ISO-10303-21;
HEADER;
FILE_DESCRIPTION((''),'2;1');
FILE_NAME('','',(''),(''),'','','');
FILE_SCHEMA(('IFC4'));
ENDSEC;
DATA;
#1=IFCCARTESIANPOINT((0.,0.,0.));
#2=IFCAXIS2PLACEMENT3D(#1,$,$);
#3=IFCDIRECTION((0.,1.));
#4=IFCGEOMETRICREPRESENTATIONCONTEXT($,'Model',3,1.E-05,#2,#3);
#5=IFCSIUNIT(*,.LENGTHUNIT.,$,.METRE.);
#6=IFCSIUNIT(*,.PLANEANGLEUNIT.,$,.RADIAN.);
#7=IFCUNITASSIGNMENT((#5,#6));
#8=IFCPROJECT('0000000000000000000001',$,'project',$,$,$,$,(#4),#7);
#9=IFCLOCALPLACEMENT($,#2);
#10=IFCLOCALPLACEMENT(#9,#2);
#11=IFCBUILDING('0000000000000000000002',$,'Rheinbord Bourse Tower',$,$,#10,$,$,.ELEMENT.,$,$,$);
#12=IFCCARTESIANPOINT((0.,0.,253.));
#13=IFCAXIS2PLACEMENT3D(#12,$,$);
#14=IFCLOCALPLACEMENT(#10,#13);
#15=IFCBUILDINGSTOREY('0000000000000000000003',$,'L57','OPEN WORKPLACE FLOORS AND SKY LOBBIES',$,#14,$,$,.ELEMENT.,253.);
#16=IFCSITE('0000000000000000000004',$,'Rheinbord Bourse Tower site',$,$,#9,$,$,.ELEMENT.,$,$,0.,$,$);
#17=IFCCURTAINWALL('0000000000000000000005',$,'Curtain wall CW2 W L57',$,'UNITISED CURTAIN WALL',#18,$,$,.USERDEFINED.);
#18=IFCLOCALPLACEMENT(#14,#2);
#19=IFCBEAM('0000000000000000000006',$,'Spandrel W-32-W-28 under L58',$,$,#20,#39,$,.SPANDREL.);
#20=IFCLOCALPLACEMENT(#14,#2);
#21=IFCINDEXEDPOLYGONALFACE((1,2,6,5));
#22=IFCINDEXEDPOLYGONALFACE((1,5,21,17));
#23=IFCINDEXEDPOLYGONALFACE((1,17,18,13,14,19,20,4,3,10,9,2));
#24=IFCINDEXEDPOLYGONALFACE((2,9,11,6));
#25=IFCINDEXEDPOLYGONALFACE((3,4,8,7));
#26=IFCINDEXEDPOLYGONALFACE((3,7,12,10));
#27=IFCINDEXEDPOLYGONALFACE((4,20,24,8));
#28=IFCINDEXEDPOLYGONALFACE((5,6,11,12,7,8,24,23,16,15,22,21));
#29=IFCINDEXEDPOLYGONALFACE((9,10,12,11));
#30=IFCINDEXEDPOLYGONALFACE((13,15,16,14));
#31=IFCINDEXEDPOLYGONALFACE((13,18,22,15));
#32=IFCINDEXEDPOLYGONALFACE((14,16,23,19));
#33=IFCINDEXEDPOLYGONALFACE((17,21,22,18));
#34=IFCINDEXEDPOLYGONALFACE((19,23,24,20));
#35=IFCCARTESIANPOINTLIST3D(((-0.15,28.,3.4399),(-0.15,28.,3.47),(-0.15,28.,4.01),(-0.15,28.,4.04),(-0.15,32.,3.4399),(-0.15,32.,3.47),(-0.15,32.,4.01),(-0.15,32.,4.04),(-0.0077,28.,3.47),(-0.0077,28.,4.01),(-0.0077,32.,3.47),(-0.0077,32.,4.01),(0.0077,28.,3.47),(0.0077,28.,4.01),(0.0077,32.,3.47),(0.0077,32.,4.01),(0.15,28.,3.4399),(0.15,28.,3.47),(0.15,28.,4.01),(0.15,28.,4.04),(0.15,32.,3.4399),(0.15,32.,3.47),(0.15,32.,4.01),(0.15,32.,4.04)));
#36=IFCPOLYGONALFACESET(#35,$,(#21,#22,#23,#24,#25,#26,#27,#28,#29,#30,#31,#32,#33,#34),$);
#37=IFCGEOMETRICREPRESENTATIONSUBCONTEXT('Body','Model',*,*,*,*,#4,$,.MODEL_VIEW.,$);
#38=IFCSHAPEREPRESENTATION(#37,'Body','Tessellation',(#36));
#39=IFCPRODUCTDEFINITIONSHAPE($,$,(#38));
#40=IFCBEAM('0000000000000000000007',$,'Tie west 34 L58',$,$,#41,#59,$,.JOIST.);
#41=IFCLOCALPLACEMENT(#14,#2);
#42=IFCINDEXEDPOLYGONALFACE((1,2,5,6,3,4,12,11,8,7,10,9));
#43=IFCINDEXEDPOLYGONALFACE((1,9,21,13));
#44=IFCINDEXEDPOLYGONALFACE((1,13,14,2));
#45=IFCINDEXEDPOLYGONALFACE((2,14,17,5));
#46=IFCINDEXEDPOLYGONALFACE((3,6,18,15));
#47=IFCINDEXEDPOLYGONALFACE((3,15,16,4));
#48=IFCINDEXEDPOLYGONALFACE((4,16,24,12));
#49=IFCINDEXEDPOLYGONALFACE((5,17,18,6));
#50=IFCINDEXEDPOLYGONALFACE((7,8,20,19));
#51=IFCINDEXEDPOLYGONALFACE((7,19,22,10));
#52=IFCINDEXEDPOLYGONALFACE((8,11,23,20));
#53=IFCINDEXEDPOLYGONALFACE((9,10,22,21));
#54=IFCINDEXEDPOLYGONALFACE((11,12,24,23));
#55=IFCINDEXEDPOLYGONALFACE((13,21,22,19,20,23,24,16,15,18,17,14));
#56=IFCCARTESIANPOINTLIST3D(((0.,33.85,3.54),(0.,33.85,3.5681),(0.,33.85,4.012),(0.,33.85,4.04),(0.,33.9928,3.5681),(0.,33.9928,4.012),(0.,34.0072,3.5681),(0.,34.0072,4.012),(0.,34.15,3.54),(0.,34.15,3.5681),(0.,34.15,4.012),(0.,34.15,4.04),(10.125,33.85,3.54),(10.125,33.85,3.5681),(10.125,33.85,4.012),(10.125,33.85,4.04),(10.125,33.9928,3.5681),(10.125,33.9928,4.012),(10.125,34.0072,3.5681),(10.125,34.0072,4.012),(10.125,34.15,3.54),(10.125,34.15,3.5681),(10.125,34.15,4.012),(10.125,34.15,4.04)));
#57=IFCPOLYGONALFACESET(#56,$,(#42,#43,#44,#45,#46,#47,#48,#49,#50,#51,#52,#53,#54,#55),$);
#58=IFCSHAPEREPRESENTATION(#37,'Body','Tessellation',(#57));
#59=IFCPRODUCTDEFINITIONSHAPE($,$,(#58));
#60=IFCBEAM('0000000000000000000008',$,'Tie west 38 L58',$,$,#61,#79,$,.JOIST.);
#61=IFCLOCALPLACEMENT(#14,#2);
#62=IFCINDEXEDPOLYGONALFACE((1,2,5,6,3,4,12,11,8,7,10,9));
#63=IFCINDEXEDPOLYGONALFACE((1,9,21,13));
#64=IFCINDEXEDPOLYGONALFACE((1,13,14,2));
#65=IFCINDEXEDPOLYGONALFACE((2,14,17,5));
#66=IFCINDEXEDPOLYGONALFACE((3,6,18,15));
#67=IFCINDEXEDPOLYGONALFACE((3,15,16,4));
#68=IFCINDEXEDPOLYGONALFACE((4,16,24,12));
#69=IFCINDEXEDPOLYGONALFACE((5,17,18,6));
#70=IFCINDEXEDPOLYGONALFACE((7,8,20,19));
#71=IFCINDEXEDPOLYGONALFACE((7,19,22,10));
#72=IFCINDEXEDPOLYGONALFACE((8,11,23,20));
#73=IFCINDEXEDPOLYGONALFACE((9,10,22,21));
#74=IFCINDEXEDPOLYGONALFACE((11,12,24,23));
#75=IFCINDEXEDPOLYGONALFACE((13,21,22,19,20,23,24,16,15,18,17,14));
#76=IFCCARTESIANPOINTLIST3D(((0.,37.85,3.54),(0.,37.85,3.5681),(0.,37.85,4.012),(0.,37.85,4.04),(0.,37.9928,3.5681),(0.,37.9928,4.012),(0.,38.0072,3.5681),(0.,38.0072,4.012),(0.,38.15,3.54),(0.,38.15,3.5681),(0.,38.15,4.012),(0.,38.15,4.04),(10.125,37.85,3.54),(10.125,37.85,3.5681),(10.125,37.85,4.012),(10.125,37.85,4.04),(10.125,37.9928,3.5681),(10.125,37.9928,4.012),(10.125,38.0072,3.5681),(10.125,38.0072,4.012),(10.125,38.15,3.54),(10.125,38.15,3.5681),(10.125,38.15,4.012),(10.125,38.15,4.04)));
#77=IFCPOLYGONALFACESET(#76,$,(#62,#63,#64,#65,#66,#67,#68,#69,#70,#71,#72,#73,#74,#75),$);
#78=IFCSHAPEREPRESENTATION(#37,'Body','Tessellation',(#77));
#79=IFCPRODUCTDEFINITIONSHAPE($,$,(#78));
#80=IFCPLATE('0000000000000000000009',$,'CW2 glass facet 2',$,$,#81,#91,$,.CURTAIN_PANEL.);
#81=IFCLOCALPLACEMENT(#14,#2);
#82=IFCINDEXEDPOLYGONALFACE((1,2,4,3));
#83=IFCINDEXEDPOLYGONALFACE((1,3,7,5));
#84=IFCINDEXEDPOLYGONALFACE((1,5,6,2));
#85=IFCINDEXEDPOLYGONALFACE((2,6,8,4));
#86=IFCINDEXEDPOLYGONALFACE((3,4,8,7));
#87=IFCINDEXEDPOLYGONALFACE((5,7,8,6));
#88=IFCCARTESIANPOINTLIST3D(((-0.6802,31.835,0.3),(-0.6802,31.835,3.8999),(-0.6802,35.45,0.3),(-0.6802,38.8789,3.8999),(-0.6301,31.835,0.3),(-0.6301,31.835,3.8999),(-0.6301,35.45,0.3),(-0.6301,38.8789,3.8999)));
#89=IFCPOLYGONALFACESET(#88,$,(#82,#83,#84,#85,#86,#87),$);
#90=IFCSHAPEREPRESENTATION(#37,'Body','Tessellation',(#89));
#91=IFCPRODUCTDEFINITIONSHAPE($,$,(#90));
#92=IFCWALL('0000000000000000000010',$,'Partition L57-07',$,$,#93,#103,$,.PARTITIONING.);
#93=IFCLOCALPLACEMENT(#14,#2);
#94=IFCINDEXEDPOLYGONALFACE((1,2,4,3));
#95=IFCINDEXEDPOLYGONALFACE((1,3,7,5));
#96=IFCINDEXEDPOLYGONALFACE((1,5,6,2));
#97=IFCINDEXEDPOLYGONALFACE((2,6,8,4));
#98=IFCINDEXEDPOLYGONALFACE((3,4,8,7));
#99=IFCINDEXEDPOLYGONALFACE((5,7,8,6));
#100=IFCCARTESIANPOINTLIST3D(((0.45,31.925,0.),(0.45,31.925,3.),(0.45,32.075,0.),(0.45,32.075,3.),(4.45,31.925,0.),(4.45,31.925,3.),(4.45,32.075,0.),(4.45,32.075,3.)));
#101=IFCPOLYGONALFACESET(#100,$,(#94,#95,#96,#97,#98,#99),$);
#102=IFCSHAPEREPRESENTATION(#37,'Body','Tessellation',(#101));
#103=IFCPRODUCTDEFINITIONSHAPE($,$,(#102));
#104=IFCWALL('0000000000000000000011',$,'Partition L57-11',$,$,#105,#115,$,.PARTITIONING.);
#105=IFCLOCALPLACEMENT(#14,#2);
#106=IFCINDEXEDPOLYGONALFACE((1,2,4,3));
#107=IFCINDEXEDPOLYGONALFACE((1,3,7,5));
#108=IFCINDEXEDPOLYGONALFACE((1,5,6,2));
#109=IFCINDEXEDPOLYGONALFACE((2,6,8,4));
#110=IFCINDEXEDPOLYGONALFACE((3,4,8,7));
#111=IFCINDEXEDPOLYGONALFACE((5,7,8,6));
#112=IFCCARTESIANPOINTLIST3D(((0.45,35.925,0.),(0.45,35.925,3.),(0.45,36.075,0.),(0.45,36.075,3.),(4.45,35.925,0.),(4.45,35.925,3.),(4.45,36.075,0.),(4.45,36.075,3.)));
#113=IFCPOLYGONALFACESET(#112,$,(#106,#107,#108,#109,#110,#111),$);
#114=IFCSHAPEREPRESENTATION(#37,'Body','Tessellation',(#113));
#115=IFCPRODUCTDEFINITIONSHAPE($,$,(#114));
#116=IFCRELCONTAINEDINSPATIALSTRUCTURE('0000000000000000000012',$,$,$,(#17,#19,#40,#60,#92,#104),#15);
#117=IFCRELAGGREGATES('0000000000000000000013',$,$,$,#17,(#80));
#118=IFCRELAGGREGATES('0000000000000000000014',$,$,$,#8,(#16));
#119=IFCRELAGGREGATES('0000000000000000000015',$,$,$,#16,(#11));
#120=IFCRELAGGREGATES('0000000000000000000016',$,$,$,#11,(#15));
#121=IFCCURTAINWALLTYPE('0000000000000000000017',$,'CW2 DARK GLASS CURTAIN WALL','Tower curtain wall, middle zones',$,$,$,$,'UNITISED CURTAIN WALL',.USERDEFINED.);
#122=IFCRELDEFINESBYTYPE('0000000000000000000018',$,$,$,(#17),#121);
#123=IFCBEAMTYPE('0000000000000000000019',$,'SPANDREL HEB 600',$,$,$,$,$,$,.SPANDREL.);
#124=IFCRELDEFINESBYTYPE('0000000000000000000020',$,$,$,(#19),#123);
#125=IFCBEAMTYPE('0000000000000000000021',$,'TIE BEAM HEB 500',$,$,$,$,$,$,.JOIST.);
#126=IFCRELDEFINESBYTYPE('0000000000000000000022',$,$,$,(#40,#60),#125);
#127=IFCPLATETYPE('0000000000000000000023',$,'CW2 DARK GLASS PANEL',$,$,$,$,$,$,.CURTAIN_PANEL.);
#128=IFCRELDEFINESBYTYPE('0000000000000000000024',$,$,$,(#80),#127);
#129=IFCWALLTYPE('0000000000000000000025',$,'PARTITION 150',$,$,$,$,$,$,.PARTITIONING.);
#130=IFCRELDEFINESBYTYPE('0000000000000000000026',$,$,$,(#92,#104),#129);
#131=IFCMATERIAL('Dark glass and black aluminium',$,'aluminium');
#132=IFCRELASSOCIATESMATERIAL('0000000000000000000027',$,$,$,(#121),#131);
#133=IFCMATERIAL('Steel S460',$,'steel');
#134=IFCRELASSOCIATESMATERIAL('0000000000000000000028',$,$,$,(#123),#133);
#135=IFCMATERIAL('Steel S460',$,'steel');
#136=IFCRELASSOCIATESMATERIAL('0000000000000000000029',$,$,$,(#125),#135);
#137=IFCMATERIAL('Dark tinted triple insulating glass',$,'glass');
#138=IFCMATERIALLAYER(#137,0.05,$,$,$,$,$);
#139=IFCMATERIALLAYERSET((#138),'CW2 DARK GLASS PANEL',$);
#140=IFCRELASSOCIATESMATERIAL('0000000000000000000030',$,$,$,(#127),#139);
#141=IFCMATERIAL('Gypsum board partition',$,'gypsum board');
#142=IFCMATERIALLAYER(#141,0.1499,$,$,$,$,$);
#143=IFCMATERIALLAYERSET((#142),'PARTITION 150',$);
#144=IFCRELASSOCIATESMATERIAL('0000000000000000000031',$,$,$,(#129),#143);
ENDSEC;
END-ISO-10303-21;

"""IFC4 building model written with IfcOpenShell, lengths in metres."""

from ifc_helpers import new_model, si_unit, direction, frame, frame_2d, origin, origin_2d, place, context, subcontext, project, spatial, polyline, rectangle, i_section, outline, extrude, material, layer, layer_set, material_profile, profile_set, type_object, element, aggregate, save


model = new_model("IFC4")

# Units and contexts
model_context = context("Model", 3, precision=1e-05, world=origin(), true_north=direction((0.0, 1.0)))
body_context = subcontext(model_context, "Body", "Model", "MODEL_VIEW")
ifc_project = project(units=[si_unit("LENGTHUNIT", "METRE"), si_unit("PLANEANGLEUNIT", "RADIAN")], contexts=[model_context])

# Site, building, storey
site_placement = place(None, origin())
site = spatial("IfcSite", under=ifc_project, at=site_placement, Name="Rheinbord Bourse Tower site", CompositionType="ELEMENT", RefElevation=0.0)
building_placement = place(site_placement, origin())
building = spatial("IfcBuilding", under=site, at=building_placement, Name="Rheinbord Bourse Tower", CompositionType="ELEMENT")
storey_placement = place(building_placement, frame((0.0, 0.0, 253.0)))
storey = spatial("IfcBuildingStorey", under=building, at=storey_placement, Name="L57", Description="OPEN WORKPLACE FLOORS AND SKY LOBBIES", CompositionType="ELEMENT", Elevation=253.0)

# Curtain wall
ifc_material_1 = material(Name="Dark glass and black aluminium", Category="aluminium")
curtain_wall_type = type_object("IfcCurtainWallType", Name="CW2 DARK GLASS CURTAIN WALL", Description="Tower curtain wall, middle zones", ElementType="UNITISED CURTAIN WALL", PredefinedType="USERDEFINED", material=ifc_material_1)
curtain_wall_placement = place(storey_placement, origin())
curtain_wall = element("IfcCurtainWall", 1, at=curtain_wall_placement, inside=storey, type_object=curtain_wall_type, Name="Curtain wall CW2 W L57", ObjectType="UNITISED CURTAIN WALL", PredefinedType="USERDEFINED")

# Beams
ifc_material_2 = material(Name="Steel S460", Category="steel")
ifc_material_profile_1 = material_profile(ifc_material_2, i_section(OverallWidth=0.3, OverallDepth=0.6001, WebThickness=0.0154, FlangeThickness=0.03, at=origin_2d()), Name="HEB 600")
ifc_profile_set_1 = profile_set([ifc_material_profile_1], Name="Steel S460")
beam_type_1 = type_object("IfcBeamType", Name="SPANDREL HEB 600", PredefinedType="SPANDREL", material=ifc_profile_set_1)
for number, where, z_axis, x_axis, name in (
    (2, (0.0, 32.0, 3.74), (0.0, -1.0, 0.0), (1.0, 0.0, 0.0), "Spandrel W-32-W-28 under L58"),
):
    element("IfcBeam", number, at=place(storey_placement, frame(where, z_axis=z_axis, x_axis=x_axis)), inside=storey, type_object=beam_type_1, Name=name, PredefinedType="SPANDREL", context=body_context, shape_type="SweptSolid", body=[
        extrude(i_section(OverallWidth=0.3, OverallDepth=0.6001, WebThickness=0.0154, FlangeThickness=0.03, at=origin_2d()), origin(), (0.0, 0.0, 1.0), 4.0),
    ])
ifc_material_3 = material(Name="Steel S460", Category="steel")
ifc_material_profile_2 = material_profile(ifc_material_3, i_section(OverallWidth=0.3, OverallDepth=0.5, WebThickness=0.0144, FlangeThickness=0.0281, at=origin_2d()), Name="HEB 500")
ifc_profile_set_2 = profile_set([ifc_material_profile_2], Name="Steel S460")
beam_type_2 = type_object("IfcBeamType", Name="TIE BEAM HEB 500", PredefinedType="JOIST", material=ifc_profile_set_2)
for number, where, z_axis, x_axis, name in (
    (3, (0.0, 34.0, 3.79), (1.0, 0.0, 0.0), (0.0, 1.0, 0.0), "Tie west 34 L58"),
    (4, (0.0, 38.0, 3.79), (1.0, 0.0, 0.0), (0.0, 1.0, 0.0), "Tie west 38 L58"),
):
    element("IfcBeam", number, at=place(storey_placement, frame(where, z_axis=z_axis, x_axis=x_axis)), inside=storey, type_object=beam_type_2, Name=name, PredefinedType="JOIST", context=body_context, shape_type="SweptSolid", body=[
        extrude(i_section(OverallWidth=0.3, OverallDepth=0.5, WebThickness=0.0144, FlangeThickness=0.0281, at=origin_2d()), origin(), (0.0, 0.0, 1.0), 10.125),
    ])

# Plate
ifc_material_4 = material(Name="Dark tinted triple insulating glass", Category="glass")
ifc_layer_1 = layer(ifc_material_4, 0.05)
ifc_layer_set_1 = layer_set([ifc_layer_1], Name="CW2 DARK GLASS PANEL")
plate_type = type_object("IfcPlateType", Name="CW2 DARK GLASS PANEL", PredefinedType="CURTAIN_PANEL", material=ifc_layer_set_1)
plate_placement = place(storey_placement, frame((-0.6802, 31.835, 3.8999), z_axis=(1.0, 0.0, 0.0), x_axis=(0.0, 0.0, -1.0)))
plate = element("IfcPlate", 5, at=plate_placement, type_object=plate_type, Name="CW2 glass facet 2", PredefinedType="CURTAIN_PANEL", context=body_context, shape_type="SweptSolid", body=[
    extrude(outline(polyline([(0.0, 0.0), (3.5999, 0.0), (3.5999, 3.615), (0.0, 7.0439), (0.0, 0.0)])), origin(), (0.0, 0.0, 1.0), 0.05),
])
aggregate(curtain_wall, [plate])

# Walls
ifc_material_5 = material(Name="Gypsum board partition", Category="gypsum board")
ifc_layer_2 = layer(ifc_material_5, 0.1499)
ifc_layer_set_2 = layer_set([ifc_layer_2], Name="PARTITION 150")
wall_type = type_object("IfcWallType", Name="PARTITION 150", PredefinedType="PARTITIONING", material=ifc_layer_set_2)
for number, where, z_axis, x_axis, name in (
    (6, (0.45, 32.0, 0.0), (0.0, 0.0, 1.0), (1.0, 0.0, 0.0), "Partition L57-07"),
    (7, (0.45, 36.0, 0.0), (0.0, 0.0, 1.0), (1.0, 0.0, 0.0), "Partition L57-11"),
):
    element("IfcWall", number, at=place(storey_placement, frame(where, z_axis=z_axis, x_axis=x_axis)), inside=storey, type_object=wall_type, Name=name, PredefinedType="PARTITIONING", context=body_context, shape_type="SweptSolid", body=[
        extrude(rectangle(XDim=4.0, YDim=0.1499, at=frame_2d((2.0, 0.0))), origin(), (0.0, 0.0, 1.0), 3.0),
    ])

save(model, "model.ifc")
